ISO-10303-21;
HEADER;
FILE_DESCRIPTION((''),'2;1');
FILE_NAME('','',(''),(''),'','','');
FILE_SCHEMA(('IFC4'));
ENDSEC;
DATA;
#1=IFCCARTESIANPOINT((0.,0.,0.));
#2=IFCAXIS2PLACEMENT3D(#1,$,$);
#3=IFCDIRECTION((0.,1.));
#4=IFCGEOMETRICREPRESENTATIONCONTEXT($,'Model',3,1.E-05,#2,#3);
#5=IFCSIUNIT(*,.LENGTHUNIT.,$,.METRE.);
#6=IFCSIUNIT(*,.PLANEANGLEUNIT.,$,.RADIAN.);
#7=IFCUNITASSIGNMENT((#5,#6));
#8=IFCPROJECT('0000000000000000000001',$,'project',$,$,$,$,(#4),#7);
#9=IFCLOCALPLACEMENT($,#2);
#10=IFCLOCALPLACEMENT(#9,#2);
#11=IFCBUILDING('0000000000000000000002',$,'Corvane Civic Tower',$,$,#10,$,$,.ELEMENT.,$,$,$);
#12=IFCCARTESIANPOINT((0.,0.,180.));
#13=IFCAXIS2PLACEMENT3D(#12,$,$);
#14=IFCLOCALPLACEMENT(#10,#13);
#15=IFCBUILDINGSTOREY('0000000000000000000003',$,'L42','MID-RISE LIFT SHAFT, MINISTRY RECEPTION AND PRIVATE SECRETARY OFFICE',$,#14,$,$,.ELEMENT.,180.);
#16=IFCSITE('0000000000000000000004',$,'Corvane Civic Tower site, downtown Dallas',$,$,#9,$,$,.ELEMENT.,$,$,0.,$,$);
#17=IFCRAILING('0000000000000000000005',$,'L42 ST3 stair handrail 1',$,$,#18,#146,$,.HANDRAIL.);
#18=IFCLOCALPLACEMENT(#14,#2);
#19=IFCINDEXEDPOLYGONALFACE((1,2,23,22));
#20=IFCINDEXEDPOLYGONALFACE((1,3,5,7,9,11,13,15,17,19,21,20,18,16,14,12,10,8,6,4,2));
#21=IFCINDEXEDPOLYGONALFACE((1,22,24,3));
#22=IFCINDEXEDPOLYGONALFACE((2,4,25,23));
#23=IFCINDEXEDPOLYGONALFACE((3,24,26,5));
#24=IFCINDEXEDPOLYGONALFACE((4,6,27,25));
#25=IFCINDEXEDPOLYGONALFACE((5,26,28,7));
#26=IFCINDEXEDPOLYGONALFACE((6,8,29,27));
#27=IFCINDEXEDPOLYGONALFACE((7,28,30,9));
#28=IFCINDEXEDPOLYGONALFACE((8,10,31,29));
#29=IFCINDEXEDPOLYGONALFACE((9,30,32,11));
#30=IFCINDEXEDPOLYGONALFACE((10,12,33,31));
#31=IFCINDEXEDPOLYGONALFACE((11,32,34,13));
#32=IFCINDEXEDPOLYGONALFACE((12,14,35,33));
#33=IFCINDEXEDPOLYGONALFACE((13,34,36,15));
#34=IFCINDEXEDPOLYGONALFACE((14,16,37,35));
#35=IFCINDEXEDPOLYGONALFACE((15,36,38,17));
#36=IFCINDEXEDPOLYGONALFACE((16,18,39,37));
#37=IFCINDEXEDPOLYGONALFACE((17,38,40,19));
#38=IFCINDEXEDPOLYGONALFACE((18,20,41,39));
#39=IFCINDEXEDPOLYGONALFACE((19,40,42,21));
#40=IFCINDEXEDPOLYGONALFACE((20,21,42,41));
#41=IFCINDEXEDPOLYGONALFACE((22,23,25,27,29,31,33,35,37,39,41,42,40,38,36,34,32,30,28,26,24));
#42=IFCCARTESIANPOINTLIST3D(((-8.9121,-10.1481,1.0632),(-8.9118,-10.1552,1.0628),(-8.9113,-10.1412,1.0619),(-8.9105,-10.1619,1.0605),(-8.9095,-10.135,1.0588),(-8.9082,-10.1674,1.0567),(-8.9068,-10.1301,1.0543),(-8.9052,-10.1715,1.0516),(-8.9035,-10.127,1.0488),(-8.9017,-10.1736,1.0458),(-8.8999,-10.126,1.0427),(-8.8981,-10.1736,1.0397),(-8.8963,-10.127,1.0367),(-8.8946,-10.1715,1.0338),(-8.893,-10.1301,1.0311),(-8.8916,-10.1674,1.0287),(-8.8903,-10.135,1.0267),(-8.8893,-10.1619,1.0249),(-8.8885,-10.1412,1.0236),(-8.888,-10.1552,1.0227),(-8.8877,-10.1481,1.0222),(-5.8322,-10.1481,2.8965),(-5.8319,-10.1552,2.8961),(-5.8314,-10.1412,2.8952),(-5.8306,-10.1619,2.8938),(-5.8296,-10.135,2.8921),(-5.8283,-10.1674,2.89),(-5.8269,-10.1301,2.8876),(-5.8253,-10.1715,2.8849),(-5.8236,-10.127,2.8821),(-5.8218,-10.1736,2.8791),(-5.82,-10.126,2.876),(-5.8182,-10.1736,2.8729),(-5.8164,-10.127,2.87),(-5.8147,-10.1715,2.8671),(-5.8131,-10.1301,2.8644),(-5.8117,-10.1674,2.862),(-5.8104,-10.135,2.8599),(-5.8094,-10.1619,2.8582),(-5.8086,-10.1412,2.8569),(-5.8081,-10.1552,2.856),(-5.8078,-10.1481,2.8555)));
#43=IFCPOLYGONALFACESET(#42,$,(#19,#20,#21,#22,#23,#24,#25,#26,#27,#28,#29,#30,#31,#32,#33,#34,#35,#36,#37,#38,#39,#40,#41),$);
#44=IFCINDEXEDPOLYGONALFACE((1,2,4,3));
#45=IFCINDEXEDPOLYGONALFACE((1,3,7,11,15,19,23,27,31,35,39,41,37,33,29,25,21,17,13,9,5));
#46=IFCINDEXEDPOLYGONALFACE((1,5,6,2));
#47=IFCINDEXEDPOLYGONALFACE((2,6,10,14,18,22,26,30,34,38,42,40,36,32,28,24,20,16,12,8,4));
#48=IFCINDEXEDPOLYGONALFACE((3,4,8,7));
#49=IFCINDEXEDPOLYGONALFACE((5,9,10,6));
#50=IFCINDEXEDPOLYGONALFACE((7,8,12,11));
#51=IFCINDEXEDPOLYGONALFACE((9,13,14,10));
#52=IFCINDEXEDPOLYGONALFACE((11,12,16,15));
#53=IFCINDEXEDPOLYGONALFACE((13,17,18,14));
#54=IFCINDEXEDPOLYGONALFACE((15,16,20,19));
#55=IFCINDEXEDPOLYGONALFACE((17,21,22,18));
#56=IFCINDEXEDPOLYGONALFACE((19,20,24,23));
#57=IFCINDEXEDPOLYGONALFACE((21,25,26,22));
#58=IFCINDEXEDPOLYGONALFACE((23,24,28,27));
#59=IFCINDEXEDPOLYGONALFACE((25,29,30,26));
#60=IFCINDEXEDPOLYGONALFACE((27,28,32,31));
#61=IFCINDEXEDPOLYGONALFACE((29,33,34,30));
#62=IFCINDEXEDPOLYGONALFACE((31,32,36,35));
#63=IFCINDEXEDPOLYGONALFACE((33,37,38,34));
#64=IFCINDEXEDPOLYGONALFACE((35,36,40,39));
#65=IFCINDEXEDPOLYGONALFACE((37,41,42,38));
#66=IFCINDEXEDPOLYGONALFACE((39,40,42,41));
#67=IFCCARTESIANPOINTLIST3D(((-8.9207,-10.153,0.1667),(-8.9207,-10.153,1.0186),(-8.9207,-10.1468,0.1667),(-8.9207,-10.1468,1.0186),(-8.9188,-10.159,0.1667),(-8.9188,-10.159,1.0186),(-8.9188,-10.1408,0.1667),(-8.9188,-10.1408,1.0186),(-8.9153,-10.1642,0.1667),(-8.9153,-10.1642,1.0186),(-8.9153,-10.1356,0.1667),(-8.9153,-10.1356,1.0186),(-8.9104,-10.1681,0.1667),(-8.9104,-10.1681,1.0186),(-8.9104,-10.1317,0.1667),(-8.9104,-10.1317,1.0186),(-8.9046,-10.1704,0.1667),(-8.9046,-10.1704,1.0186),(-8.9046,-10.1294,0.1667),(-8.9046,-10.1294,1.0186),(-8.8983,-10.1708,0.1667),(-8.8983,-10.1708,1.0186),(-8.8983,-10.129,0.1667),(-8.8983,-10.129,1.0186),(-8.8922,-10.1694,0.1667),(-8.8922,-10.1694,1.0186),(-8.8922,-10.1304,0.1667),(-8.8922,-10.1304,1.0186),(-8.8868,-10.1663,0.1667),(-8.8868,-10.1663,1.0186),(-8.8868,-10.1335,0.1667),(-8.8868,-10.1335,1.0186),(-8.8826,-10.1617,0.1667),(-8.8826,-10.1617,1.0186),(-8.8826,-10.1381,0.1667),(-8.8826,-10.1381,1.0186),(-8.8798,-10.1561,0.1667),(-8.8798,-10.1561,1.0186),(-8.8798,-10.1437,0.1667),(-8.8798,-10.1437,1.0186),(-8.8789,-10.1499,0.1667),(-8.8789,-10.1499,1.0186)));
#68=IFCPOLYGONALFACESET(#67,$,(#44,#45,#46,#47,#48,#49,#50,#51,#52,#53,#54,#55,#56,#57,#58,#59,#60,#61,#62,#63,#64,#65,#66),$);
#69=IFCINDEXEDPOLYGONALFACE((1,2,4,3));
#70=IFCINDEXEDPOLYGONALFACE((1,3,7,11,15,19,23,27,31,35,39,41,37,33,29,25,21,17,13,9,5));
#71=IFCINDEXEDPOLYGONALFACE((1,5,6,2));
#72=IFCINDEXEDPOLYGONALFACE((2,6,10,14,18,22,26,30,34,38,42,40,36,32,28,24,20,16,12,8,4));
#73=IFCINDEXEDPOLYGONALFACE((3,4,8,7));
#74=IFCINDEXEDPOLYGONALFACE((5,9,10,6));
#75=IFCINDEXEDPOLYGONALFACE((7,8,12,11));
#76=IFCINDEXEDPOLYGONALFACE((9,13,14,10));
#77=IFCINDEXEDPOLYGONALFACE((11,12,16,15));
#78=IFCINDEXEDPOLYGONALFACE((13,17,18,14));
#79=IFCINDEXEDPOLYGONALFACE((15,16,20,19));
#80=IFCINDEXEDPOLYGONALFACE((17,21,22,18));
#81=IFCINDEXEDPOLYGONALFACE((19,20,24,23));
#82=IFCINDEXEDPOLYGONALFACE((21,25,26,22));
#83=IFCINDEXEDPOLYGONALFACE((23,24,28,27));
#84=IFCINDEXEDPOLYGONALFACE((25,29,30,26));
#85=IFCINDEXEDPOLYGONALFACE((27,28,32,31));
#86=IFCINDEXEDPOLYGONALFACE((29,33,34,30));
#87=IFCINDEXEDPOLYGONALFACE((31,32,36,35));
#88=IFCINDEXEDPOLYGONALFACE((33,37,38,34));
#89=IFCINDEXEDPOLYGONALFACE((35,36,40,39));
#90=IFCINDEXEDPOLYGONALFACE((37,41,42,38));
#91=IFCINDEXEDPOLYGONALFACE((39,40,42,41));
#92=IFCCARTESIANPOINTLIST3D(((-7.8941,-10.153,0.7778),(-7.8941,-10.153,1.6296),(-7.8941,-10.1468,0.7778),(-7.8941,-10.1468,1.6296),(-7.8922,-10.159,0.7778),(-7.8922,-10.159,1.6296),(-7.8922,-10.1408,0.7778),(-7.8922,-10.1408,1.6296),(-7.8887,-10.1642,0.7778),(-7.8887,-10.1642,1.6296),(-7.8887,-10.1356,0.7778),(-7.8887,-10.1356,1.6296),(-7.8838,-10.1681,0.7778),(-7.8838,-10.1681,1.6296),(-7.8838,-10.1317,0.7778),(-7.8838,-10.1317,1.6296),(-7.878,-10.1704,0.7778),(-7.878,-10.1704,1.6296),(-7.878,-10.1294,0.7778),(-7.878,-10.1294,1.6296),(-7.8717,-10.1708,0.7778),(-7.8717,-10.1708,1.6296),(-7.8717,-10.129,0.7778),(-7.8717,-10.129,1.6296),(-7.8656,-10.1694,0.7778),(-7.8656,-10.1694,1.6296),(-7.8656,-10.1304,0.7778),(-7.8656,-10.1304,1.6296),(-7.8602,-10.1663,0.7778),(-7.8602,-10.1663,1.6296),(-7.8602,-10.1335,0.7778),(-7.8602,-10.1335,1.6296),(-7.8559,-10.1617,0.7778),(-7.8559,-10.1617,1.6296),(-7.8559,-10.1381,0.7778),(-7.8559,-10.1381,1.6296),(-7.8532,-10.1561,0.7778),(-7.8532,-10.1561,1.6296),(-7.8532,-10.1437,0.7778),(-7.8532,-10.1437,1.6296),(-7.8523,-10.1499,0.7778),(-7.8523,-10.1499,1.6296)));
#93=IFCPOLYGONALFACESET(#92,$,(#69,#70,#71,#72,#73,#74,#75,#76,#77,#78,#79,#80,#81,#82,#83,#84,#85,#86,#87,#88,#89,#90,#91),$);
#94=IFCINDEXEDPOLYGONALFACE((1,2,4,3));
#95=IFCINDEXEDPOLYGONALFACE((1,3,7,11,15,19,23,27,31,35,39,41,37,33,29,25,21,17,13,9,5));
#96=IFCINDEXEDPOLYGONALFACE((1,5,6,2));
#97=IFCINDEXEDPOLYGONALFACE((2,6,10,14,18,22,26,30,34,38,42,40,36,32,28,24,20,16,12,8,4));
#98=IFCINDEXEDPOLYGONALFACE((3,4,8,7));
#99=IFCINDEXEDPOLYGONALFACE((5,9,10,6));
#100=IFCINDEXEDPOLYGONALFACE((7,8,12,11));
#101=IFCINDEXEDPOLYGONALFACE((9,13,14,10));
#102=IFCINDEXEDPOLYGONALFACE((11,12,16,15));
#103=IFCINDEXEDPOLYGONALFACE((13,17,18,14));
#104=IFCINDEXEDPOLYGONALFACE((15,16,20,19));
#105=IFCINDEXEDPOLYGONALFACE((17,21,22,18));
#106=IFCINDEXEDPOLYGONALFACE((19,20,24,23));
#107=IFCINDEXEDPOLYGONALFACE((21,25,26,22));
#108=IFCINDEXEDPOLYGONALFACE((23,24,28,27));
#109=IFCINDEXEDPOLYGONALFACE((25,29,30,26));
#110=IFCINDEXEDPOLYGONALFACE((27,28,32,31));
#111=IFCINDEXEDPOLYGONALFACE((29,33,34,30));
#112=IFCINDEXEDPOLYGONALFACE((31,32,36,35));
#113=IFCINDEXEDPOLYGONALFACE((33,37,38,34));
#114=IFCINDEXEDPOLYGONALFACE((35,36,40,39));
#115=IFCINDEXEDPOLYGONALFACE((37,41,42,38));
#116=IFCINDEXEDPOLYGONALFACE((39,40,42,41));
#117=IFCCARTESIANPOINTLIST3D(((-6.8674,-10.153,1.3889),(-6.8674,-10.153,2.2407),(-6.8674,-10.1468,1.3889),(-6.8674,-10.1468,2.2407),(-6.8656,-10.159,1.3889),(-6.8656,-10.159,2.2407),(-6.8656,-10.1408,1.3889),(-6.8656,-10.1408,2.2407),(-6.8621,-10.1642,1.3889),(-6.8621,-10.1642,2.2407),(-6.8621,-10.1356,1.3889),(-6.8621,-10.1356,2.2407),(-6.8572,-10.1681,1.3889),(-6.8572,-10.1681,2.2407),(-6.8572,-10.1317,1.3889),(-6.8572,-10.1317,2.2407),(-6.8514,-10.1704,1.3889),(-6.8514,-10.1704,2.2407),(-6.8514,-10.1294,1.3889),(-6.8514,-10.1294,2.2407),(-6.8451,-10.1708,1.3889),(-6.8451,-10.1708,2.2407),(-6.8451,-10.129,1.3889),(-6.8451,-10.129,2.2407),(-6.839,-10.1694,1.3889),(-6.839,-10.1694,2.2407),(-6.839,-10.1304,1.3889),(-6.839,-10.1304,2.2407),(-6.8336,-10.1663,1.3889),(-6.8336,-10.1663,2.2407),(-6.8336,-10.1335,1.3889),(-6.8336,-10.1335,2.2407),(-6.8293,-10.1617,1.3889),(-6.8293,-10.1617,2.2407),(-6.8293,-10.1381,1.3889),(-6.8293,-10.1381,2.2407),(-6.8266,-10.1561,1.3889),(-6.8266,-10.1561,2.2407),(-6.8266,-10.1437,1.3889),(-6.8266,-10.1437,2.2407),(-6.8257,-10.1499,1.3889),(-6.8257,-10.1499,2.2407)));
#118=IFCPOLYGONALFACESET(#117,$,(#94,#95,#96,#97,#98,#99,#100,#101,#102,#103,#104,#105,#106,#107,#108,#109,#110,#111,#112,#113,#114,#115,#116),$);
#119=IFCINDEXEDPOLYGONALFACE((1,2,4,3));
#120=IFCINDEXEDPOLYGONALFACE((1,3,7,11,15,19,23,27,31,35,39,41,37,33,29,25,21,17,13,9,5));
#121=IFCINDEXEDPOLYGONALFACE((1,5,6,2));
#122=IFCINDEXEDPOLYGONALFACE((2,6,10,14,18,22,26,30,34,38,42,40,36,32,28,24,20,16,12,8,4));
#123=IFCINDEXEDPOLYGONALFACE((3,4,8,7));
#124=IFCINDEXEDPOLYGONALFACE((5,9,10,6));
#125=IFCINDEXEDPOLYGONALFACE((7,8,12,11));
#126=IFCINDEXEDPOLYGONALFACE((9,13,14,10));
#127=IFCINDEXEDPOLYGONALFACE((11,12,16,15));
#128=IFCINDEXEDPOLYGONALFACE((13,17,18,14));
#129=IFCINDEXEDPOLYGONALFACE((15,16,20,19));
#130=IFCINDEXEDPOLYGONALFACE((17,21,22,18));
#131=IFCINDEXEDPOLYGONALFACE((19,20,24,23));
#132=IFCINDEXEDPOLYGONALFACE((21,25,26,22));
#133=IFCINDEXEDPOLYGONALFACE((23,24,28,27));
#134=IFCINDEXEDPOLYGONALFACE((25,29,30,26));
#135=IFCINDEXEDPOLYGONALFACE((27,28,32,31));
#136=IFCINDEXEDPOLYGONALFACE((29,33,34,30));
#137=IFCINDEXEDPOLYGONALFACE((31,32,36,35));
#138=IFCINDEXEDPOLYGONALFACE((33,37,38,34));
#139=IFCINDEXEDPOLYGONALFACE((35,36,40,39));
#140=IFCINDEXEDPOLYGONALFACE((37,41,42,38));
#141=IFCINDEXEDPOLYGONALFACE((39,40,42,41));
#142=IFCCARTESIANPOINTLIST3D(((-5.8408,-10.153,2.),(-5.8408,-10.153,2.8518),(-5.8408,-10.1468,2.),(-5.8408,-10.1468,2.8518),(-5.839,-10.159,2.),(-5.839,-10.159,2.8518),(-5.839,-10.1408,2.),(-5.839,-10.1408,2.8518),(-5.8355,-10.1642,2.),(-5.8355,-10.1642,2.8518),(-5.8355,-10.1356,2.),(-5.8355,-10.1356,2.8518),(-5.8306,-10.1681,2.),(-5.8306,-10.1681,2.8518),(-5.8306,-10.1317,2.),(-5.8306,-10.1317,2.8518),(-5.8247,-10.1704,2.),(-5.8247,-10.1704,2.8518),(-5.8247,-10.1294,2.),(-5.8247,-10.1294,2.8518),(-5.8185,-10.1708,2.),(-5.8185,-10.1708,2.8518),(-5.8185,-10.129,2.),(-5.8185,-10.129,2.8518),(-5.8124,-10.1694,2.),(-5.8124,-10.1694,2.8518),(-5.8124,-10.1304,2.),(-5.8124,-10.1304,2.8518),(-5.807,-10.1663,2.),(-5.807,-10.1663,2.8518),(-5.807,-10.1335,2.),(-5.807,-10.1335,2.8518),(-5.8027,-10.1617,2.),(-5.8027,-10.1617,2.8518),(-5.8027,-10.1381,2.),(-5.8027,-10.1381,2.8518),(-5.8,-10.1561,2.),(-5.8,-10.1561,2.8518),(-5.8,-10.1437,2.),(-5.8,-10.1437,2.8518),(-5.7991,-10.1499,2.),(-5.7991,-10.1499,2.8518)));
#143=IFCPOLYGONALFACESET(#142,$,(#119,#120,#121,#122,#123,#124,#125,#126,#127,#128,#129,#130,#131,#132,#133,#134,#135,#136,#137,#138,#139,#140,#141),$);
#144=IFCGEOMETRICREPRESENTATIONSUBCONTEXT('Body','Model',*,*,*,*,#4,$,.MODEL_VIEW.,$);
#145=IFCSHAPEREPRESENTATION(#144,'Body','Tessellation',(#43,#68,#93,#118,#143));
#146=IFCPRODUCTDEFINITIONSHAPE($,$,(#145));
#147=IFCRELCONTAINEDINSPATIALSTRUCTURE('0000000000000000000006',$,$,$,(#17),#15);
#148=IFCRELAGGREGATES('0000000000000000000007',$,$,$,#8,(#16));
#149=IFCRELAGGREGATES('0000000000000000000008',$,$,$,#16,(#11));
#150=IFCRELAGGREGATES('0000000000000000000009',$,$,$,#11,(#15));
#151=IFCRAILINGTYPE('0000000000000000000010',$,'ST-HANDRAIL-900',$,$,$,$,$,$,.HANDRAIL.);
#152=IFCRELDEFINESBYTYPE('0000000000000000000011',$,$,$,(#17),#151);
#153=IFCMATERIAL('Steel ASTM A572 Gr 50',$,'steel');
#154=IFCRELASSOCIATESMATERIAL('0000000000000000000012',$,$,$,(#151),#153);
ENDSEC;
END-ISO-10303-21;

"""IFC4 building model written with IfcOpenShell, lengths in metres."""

from ifc_helpers import new_model, si_unit, direction, frame, origin, origin_2d, place, context, subcontext, project, spatial, circle, extrude, material, type_object, element, save


model = new_model("IFC4")

# Units and contexts
model_context = context("Model", 3, precision=1e-05, world=origin(), true_north=direction((0.0, 1.0)))
body_context = subcontext(model_context, "Body", "Model", "MODEL_VIEW")
ifc_project = project(units=[si_unit("LENGTHUNIT", "METRE"), si_unit("PLANEANGLEUNIT", "RADIAN")], contexts=[model_context])

# Site, building, storey
site_placement = place(None, origin())
site = spatial("IfcSite", under=ifc_project, at=site_placement, Name="Corvane Civic Tower site, downtown Dallas", CompositionType="ELEMENT", RefElevation=0.0)
building_placement = place(site_placement, origin())
building = spatial("IfcBuilding", under=site, at=building_placement, Name="Corvane Civic Tower", CompositionType="ELEMENT")
storey_placement = place(building_placement, frame((0.0, 0.0, 180.0)))
storey = spatial("IfcBuildingStorey", under=building, at=storey_placement, Name="L42", Description="MID-RISE LIFT SHAFT, MINISTRY RECEPTION AND PRIVATE SECRETARY OFFICE", CompositionType="ELEMENT", Elevation=180.0)

# Railing
ifc_material_1 = material(Name="Steel ASTM A572 Gr 50", Category="steel")
railing_type_1 = type_object("IfcRailingType", Name="ST-HANDRAIL-900", PredefinedType="HANDRAIL", material=ifc_material_1)
railing_1_placement = place(storey_placement, frame((-8.8999, -10.1499, 0.1667)))
element("IfcRailing", 1, at=railing_1_placement, inside=storey, type_object=railing_type_1, Name="L42 ST3 stair handrail 1", PredefinedType="HANDRAIL", context=body_context, shape_type="SweptSolid", body=[
    extrude(circle(Radius=0.0239, at=origin_2d()), frame((0.0, 0.0, 0.876), z_axis=(0.859291, 0.0, 0.511487), x_axis=(0.0, 1.0, 0.0)), (0.0, 0.0, 1.0), 3.5842),
    extrude(circle(Radius=0.021, at=origin_2d()), origin(), (0.0, 0.0, 1.0), 0.8518),
    extrude(circle(Radius=0.021, at=origin_2d()), frame((1.0266, 0.0, 0.6111)), (0.0, 0.0, 1.0), 0.8518),
    extrude(circle(Radius=0.021, at=origin_2d()), frame((2.0532, 0.0, 1.2222)), (0.0, 0.0, 1.0), 0.8518),
    extrude(circle(Radius=0.021, at=origin_2d()), frame((3.0798, 0.0, 1.8333)), (0.0, 0.0, 1.0), 0.8518),
])

save(model, "model.ifc")
